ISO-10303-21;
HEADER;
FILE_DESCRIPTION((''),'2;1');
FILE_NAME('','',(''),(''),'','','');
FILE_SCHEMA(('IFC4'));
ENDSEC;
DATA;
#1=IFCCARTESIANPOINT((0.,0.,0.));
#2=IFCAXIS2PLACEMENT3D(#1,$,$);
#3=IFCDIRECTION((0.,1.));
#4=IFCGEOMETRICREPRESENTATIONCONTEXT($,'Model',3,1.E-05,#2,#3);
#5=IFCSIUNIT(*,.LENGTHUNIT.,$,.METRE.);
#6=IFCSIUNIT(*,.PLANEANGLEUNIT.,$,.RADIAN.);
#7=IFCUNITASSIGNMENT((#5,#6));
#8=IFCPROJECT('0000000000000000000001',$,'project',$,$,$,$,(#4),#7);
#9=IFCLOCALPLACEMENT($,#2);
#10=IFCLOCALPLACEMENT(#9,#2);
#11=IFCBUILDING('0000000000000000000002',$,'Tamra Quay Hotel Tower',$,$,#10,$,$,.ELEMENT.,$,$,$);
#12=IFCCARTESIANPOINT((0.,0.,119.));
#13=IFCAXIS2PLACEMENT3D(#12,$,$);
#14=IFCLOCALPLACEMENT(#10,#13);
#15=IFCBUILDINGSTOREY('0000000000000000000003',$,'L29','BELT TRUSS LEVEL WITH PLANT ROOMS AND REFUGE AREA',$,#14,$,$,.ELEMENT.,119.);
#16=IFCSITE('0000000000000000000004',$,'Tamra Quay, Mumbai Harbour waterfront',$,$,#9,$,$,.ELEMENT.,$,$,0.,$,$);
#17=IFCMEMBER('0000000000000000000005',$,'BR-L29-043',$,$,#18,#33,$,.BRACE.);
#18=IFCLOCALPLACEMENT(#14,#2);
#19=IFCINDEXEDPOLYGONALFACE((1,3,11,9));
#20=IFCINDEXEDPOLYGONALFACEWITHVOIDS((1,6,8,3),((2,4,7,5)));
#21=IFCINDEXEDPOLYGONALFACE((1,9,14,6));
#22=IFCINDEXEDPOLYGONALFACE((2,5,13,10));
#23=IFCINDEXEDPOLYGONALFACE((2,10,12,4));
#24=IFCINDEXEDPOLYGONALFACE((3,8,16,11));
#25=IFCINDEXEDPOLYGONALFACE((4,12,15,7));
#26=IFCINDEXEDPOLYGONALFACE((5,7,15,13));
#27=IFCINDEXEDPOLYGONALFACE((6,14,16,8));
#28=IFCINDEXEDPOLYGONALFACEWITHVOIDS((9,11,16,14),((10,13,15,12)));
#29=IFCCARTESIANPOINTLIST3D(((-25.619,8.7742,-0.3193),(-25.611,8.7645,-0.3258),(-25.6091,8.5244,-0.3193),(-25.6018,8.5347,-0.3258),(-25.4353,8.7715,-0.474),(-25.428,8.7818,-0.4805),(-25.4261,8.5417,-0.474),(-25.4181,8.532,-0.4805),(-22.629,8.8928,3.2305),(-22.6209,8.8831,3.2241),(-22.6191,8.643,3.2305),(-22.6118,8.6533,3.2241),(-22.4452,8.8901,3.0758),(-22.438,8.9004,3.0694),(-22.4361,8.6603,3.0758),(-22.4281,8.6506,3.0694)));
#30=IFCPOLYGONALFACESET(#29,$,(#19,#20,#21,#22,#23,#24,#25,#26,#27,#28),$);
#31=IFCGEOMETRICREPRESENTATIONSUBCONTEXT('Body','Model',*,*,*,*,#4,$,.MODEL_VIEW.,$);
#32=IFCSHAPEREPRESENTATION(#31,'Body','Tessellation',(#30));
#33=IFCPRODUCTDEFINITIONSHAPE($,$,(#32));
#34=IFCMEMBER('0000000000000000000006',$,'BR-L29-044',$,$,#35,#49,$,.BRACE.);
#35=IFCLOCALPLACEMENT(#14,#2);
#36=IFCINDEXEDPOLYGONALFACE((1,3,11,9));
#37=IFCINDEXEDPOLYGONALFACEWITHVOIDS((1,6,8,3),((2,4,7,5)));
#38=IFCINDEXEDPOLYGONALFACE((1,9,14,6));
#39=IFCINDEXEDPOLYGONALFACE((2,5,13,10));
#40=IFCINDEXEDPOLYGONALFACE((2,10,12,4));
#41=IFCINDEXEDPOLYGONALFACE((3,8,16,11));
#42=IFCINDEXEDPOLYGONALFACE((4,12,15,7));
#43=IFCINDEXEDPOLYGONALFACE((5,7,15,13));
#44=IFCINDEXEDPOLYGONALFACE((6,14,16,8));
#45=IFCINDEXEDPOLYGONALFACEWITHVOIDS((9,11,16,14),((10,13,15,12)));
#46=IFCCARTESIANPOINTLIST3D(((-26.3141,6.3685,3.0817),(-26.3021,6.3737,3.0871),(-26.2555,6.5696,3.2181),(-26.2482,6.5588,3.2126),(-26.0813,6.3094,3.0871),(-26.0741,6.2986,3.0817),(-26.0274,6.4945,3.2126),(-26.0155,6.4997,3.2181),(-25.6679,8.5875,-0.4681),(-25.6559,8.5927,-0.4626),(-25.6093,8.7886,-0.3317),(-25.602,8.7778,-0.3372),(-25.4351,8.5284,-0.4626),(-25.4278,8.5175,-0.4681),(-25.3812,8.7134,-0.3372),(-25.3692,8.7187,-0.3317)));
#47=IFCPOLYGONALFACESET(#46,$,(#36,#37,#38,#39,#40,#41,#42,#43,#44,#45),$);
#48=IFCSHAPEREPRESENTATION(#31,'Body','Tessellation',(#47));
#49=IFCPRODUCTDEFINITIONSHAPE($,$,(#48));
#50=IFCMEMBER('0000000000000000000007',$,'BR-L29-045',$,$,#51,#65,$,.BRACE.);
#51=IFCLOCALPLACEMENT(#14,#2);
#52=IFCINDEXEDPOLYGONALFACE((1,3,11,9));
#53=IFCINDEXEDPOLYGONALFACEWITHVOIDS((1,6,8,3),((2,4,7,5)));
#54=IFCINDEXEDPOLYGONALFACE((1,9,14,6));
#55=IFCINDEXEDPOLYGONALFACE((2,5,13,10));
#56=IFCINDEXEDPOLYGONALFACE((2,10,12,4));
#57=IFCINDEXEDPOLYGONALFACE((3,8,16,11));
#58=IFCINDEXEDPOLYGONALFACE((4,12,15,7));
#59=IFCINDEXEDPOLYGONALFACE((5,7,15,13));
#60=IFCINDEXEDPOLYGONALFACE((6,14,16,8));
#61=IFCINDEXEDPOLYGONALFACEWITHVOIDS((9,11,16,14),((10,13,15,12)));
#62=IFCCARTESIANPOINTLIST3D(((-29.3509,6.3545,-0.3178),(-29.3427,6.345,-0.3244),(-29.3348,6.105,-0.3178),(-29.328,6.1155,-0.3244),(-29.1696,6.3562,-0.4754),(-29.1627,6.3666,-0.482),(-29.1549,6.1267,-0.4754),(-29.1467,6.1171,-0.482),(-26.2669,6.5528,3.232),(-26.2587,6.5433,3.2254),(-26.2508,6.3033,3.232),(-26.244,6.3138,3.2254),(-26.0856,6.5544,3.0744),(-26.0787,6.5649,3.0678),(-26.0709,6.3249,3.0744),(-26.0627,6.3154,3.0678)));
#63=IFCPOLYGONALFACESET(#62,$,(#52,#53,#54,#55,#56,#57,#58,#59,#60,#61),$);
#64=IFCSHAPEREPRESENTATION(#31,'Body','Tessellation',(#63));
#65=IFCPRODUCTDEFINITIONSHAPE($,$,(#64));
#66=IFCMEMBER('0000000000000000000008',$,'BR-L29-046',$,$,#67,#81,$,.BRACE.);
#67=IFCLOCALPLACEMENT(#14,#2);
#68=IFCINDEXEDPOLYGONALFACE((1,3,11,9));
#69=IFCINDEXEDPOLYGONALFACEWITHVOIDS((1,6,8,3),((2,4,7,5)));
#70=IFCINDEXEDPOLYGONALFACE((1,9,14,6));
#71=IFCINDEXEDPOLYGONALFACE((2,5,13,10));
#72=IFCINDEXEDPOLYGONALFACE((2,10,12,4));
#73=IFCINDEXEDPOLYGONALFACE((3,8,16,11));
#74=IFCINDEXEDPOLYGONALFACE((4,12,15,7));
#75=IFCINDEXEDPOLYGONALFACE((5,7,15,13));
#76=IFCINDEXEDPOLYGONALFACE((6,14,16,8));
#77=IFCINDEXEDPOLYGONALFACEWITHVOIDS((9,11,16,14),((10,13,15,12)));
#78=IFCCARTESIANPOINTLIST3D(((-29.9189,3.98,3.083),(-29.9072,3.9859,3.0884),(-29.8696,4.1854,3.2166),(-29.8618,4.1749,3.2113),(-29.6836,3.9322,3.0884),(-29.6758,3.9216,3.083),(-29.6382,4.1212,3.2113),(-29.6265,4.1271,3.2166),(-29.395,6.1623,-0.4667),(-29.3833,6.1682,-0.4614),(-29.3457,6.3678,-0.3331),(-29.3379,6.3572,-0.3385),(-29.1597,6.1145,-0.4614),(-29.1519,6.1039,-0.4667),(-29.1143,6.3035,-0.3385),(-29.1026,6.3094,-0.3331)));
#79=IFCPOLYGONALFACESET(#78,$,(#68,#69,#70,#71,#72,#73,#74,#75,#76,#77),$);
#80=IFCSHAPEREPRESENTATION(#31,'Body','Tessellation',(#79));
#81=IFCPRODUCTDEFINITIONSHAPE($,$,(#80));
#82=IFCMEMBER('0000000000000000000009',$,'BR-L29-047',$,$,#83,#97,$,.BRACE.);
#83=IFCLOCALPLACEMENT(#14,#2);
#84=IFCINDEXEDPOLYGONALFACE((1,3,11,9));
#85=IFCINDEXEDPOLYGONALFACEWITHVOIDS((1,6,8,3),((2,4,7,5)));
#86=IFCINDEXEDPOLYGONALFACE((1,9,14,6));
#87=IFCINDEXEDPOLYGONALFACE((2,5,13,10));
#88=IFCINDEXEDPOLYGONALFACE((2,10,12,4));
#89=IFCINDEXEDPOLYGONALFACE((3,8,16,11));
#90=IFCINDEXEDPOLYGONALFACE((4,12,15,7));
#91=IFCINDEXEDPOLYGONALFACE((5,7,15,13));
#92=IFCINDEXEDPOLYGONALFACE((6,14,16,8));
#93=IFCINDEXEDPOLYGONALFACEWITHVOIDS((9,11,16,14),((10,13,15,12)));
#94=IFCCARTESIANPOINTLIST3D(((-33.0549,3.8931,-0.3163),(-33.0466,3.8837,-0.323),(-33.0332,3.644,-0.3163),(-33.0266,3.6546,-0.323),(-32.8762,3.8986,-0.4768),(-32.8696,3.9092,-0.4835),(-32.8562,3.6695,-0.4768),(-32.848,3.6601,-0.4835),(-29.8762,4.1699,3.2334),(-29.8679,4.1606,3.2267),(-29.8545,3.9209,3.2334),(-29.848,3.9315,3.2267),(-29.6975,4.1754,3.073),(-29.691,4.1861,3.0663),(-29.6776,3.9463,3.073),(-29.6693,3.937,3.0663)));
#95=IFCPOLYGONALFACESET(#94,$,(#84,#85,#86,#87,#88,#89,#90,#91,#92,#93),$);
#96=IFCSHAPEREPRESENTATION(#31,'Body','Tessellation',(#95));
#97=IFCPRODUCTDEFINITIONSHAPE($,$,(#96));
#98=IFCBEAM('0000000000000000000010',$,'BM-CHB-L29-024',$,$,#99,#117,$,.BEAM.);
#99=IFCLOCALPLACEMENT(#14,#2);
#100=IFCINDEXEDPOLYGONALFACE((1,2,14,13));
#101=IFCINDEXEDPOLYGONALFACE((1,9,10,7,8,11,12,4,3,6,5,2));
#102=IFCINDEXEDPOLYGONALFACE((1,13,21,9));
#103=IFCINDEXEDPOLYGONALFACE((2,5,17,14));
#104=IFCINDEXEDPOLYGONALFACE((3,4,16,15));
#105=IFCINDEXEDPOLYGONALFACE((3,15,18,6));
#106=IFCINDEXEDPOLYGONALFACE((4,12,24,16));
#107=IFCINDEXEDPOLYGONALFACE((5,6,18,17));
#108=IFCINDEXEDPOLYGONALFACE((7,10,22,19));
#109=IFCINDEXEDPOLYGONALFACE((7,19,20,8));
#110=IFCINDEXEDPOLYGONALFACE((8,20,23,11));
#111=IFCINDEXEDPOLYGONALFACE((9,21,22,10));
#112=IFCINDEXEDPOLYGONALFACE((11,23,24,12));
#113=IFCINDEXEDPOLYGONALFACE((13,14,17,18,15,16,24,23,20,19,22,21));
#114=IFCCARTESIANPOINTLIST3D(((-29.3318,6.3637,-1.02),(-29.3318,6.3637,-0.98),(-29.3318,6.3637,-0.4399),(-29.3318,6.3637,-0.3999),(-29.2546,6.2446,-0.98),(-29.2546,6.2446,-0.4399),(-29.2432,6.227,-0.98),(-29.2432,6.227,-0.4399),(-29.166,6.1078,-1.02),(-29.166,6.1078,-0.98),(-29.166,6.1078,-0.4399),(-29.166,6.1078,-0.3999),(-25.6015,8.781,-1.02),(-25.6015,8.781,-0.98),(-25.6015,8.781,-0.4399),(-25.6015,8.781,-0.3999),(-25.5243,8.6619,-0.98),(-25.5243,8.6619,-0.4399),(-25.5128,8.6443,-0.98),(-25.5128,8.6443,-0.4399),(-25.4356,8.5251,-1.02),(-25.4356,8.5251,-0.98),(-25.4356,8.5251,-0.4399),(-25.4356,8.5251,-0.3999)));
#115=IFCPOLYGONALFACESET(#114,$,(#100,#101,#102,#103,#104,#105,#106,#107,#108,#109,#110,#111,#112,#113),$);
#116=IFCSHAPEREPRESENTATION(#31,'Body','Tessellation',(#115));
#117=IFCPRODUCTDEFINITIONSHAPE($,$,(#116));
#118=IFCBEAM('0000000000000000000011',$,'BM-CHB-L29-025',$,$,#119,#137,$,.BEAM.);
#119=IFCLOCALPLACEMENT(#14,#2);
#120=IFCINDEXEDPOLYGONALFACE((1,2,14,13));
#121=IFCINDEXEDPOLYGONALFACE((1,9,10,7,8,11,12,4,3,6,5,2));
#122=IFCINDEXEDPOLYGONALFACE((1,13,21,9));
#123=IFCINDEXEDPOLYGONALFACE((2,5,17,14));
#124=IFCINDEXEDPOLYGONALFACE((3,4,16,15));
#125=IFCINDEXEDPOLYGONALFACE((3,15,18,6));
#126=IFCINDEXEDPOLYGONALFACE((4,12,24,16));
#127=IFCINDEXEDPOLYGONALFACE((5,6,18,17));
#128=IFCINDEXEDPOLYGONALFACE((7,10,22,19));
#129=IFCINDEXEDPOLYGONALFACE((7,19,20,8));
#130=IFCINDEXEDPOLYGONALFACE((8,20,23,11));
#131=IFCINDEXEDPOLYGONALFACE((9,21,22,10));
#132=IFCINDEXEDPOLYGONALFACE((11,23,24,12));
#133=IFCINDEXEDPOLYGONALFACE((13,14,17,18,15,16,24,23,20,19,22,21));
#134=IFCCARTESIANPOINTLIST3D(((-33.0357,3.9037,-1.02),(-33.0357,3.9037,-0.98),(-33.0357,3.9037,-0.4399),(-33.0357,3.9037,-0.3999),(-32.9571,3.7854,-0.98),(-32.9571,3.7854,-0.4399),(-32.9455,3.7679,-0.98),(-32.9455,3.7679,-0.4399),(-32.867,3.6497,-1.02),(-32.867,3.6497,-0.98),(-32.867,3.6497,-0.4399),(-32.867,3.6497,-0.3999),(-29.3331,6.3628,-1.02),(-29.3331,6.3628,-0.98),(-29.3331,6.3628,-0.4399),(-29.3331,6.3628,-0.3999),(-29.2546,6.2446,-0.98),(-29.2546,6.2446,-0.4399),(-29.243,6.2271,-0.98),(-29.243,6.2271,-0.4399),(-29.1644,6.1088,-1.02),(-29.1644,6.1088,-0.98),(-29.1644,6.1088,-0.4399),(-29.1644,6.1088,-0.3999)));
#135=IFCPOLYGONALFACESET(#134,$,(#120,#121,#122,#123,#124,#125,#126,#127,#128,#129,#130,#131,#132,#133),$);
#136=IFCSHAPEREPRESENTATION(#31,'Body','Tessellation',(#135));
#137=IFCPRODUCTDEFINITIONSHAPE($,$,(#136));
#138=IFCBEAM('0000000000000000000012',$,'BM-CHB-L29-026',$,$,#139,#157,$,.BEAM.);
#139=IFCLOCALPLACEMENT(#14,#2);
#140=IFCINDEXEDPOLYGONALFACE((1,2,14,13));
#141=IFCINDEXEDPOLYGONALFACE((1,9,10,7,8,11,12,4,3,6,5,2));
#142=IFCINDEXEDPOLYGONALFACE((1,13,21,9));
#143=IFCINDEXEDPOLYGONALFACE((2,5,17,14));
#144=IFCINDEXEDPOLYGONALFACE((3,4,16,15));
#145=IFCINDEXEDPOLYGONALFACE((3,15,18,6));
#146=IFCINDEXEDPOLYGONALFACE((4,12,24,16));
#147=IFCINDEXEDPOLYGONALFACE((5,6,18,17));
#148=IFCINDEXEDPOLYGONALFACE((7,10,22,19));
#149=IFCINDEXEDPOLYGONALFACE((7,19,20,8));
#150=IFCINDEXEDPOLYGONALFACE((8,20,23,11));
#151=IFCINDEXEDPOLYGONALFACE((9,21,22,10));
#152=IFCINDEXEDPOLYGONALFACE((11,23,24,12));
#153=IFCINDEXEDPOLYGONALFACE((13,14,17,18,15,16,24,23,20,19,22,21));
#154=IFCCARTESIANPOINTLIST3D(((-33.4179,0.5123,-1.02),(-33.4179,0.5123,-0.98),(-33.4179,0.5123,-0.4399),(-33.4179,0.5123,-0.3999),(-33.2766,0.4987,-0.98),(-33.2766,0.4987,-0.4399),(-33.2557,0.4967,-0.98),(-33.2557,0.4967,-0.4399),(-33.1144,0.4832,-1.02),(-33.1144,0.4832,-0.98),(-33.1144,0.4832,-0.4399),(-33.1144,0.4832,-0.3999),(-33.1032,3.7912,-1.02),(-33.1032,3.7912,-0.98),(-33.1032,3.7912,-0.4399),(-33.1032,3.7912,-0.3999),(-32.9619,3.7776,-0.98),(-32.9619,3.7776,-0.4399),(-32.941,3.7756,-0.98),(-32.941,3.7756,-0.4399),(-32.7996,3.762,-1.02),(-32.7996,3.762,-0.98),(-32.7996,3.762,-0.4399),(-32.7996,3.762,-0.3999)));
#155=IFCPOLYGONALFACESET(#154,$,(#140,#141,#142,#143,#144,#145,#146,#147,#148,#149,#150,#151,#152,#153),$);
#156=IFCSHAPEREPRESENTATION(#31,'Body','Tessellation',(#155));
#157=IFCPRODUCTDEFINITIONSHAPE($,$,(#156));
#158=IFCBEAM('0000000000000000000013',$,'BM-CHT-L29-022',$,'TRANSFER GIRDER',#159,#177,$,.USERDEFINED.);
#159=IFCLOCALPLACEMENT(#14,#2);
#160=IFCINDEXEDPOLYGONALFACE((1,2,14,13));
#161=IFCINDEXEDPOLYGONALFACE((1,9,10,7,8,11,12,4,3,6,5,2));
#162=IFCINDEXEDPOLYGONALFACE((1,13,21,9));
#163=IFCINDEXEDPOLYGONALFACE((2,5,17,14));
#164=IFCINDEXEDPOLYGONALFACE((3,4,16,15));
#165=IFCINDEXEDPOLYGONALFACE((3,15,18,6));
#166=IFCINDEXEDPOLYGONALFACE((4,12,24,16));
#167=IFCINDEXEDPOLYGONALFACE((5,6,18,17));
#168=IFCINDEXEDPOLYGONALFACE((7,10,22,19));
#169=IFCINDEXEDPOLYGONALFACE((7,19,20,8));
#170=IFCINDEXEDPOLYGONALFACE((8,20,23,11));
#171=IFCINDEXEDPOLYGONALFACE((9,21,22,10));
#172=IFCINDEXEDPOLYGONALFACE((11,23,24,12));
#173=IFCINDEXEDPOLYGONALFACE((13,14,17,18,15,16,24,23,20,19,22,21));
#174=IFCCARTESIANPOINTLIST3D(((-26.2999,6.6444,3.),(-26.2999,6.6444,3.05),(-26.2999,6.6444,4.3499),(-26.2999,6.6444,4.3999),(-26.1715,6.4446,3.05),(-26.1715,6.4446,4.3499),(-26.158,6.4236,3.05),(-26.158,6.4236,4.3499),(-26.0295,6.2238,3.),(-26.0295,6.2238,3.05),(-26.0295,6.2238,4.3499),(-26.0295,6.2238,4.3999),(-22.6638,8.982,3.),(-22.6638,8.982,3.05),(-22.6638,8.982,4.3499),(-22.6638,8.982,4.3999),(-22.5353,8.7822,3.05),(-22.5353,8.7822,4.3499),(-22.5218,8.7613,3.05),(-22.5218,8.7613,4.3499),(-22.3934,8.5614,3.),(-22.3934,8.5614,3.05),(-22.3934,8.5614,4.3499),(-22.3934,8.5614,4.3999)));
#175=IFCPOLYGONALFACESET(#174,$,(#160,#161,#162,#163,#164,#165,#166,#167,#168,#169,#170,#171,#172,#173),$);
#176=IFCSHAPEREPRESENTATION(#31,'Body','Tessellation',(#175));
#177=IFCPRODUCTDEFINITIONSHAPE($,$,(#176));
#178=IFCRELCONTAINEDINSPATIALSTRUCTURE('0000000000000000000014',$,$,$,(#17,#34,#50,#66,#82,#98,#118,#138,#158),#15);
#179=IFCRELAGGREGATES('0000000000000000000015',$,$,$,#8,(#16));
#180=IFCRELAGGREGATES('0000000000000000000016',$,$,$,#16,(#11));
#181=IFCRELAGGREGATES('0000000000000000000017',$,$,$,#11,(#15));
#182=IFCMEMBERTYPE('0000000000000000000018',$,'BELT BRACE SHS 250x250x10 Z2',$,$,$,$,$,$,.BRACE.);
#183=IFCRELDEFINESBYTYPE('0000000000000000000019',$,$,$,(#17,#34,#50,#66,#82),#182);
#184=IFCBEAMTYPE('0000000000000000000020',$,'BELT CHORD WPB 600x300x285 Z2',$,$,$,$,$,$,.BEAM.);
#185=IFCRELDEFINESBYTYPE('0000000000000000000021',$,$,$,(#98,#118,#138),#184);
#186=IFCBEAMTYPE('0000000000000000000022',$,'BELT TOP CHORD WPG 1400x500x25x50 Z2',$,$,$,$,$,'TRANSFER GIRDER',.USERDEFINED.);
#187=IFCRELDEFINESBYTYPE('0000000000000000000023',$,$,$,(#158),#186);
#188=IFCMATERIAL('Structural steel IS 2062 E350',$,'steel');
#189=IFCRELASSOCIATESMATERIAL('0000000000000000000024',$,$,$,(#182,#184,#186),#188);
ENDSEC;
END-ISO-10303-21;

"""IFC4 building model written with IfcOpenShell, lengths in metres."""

from ifc_helpers import new_model, si_unit, direction, frame, origin, origin_2d, place, context, subcontext, project, spatial, hollow_rectangle, i_section, extrude, material, material_profile, profile_set, type_object, element, save


model = new_model("IFC4")

# Units and contexts
model_context = context("Model", 3, precision=1e-05, world=origin(), true_north=direction((0.0, 1.0)))
body_context = subcontext(model_context, "Body", "Model", "MODEL_VIEW")
ifc_project = project(units=[si_unit("LENGTHUNIT", "METRE"), si_unit("PLANEANGLEUNIT", "RADIAN")], contexts=[model_context])

# Site, building, storey
site_placement = place(None, origin())
site = spatial("IfcSite", under=ifc_project, at=site_placement, Name="Tamra Quay, Mumbai Harbour waterfront", CompositionType="ELEMENT", RefElevation=0.0)
building_placement = place(site_placement, origin())
building = spatial("IfcBuilding", under=site, at=building_placement, Name="Tamra Quay Hotel Tower", CompositionType="ELEMENT")
storey_placement = place(building_placement, frame((0.0, 0.0, 119.0)))
storey = spatial("IfcBuildingStorey", under=building, at=storey_placement, Name="L29", Description="BELT TRUSS LEVEL WITH PLANT ROOMS AND REFUGE AREA", CompositionType="ELEMENT", Elevation=119.0)

# Members
ifc_material_1 = material(Name="Structural steel IS 2062 E350", Category="steel")
ifc_material_profile_1 = material_profile(ifc_material_1, hollow_rectangle(XDim=0.25, YDim=0.25, WallThickness=0.01, at=origin_2d()), Name="SHS 250x250x10")
ifc_profile_set_1 = profile_set([ifc_material_profile_1], Name="Structural steel IS 2062 E350")
member_type = type_object("IfcMemberType", Name="BELT BRACE SHS 250x250x10 Z2", PredefinedType="BRACE", material=ifc_profile_set_1)
member_1_placement = place(storey_placement, frame((-25.5186, 8.6531, -0.3999), z_axis=(0.644011, 0.025556, 0.764589), x_axis=(-0.039652, 0.999214, 0.0)))
element("IfcMember", 1, at=member_1_placement, inside=storey, type_object=member_type, Name="BR-L29-043", PredefinedType="BRACE", context=body_context, shape_type="SweptSolid", body=[
    extrude(hollow_rectangle(XDim=0.25, YDim=0.25, WallThickness=0.01, at=origin_2d()), origin(), (0.0, 0.0, 1.0), 4.6428),
])
member_2_placement = place(storey_placement, frame((-25.5186, 8.6531, -0.3999), z_axis=(-0.152563, -0.523857, 0.838033), x_axis=(0.960112, -0.279615, 0.0)))
element("IfcMember", 2, at=member_2_placement, inside=storey, type_object=member_type, Name="BR-L29-044", PredefinedType="BRACE", context=body_context, shape_type="SweptSolid", body=[
    extrude(hollow_rectangle(XDim=0.25, YDim=0.25, WallThickness=0.01, at=origin_2d()), origin(), (0.0, 0.0, 1.0), 4.2358),
])
member_3_placement = place(storey_placement, frame((-29.2488, 6.2358, -0.3999), z_axis=(0.655257, 0.042121, 0.754231), x_axis=(-0.064149, 0.99794, 0.0)))
element("IfcMember", 3, at=member_3_placement, inside=storey, type_object=member_type, Name="BR-L29-045", PredefinedType="BRACE", context=body_context, shape_type="SweptSolid", body=[
    extrude(hollow_rectangle(XDim=0.25, YDim=0.25, WallThickness=0.01, at=origin_2d()), origin(), (0.0, 0.0, 1.0), 4.7065),
])
member_4_placement = place(storey_placement, frame((-29.2488, 6.2358, -0.3999), z_axis=(-0.12475, -0.519637, 0.845231), x_axis=(0.972372, -0.233439, 0.0)))
element("IfcMember", 4, at=member_4_placement, inside=storey, type_object=member_type, Name="BR-L29-046", PredefinedType="BRACE", context=body_context, shape_type="SweptSolid", body=[
    extrude(hollow_rectangle(XDim=0.25, YDim=0.25, WallThickness=0.01, at=origin_2d()), origin(), (0.0, 0.0, 1.0), 4.1997),
])
member_5_placement = place(storey_placement, frame((-32.9514, 3.7766, -0.3999), z_axis=(0.665971, 0.058004, 0.743719), x_axis=(-0.086768, 0.996229, 0.0)))
element("IfcMember", 5, at=member_5_placement, inside=storey, type_object=member_type, Name="BR-L29-047", PredefinedType="BRACE", context=body_context, shape_type="SweptSolid", body=[
    extrude(hollow_rectangle(XDim=0.25, YDim=0.25, WallThickness=0.01, at=origin_2d()), origin(), (0.0, 0.0, 1.0), 4.7729),
])

# Beams
ifc_material_profile_2 = material_profile(ifc_material_1, i_section(OverallWidth=0.3049, OverallDepth=0.6201, WebThickness=0.021, FlangeThickness=0.04, at=origin_2d()), Name="WPB 600x300x285")
ifc_profile_set_2 = profile_set([ifc_material_profile_2], Name="Structural steel IS 2062 E350")
beam_type_1 = type_object("IfcBeamType", Name="BELT CHORD WPB 600x300x285 Z2", PredefinedType="BEAM", material=ifc_profile_set_2)
beam_1_placement = place(storey_placement, frame((-25.5186, 8.6531, -0.71), z_axis=(-0.839205, -0.543816, 0.0), x_axis=(0.543816, -0.839205, 0.0)))
element("IfcBeam", 6, at=beam_1_placement, inside=storey, type_object=beam_type_1, Name="BM-CHB-L29-024", PredefinedType="BEAM", context=body_context, shape_type="SweptSolid", body=[
    extrude(i_section(OverallWidth=0.3049, OverallDepth=0.6201, WebThickness=0.021, FlangeThickness=0.04, at=origin_2d()), origin(), (0.0, 0.0, 1.0), 4.4451),
])
beam_2_placement = place(storey_placement, frame((-29.2488, 6.2358, -0.71), z_axis=(-0.833004, -0.553267, 0.0), x_axis=(0.553267, -0.833004, 0.0)))
element("IfcBeam", 7, at=beam_2_placement, inside=storey, type_object=beam_type_1, Name="BM-CHB-L29-025", PredefinedType="BEAM", context=body_context, shape_type="SweptSolid", body=[
    extrude(i_section(OverallWidth=0.3049, OverallDepth=0.6201, WebThickness=0.021, FlangeThickness=0.04, at=origin_2d()), origin(), (0.0, 0.0, 1.0), 4.4448),
])
beam_3_placement = place(storey_placement, frame((-32.9514, 3.7766, -0.71), z_axis=(-0.09554, -0.995426, 0.0), x_axis=(0.995426, -0.09554, 0.0)))
element("IfcBeam", 8, at=beam_3_placement, inside=storey, type_object=beam_type_1, Name="BM-CHB-L29-026", PredefinedType="BEAM", context=body_context, shape_type="SweptSolid", body=[
    extrude(i_section(OverallWidth=0.3049, OverallDepth=0.6201, WebThickness=0.021, FlangeThickness=0.04, at=origin_2d()), origin(), (0.0, 0.0, 1.0), 3.2939),
])
ifc_material_profile_3 = material_profile(ifc_material_1, i_section(OverallWidth=0.5, OverallDepth=1.3999, WebThickness=0.0249, FlangeThickness=0.05, at=origin_2d()), Name="WPG 1400x500x25x50")
ifc_profile_set_3 = profile_set([ifc_material_profile_3], Name="Structural steel IS 2062 E350")
beam_type_2 = type_object("IfcBeamType", Name="BELT TOP CHORD WPG 1400x500x25x50 Z2", ElementType="TRANSFER GIRDER", PredefinedType="USERDEFINED", material=ifc_profile_set_3)
beam_4_placement = place(storey_placement, frame((-22.5286, 8.7717, 3.7), z_axis=(-0.841171, -0.540769, 0.0), x_axis=(0.540769, -0.841171, 0.0)))
element("IfcBeam", 9, at=beam_4_placement, inside=storey, type_object=beam_type_2, Name="BM-CHT-L29-022", ObjectType="TRANSFER GIRDER", PredefinedType="USERDEFINED", context=body_context, shape_type="SweptSolid", body=[
    extrude(i_section(OverallWidth=0.5, OverallDepth=1.3999, WebThickness=0.0249, FlangeThickness=0.05, at=origin_2d()), origin(), (0.0, 0.0, 1.0), 4.3228),
])

save(model, "model.ifc")
